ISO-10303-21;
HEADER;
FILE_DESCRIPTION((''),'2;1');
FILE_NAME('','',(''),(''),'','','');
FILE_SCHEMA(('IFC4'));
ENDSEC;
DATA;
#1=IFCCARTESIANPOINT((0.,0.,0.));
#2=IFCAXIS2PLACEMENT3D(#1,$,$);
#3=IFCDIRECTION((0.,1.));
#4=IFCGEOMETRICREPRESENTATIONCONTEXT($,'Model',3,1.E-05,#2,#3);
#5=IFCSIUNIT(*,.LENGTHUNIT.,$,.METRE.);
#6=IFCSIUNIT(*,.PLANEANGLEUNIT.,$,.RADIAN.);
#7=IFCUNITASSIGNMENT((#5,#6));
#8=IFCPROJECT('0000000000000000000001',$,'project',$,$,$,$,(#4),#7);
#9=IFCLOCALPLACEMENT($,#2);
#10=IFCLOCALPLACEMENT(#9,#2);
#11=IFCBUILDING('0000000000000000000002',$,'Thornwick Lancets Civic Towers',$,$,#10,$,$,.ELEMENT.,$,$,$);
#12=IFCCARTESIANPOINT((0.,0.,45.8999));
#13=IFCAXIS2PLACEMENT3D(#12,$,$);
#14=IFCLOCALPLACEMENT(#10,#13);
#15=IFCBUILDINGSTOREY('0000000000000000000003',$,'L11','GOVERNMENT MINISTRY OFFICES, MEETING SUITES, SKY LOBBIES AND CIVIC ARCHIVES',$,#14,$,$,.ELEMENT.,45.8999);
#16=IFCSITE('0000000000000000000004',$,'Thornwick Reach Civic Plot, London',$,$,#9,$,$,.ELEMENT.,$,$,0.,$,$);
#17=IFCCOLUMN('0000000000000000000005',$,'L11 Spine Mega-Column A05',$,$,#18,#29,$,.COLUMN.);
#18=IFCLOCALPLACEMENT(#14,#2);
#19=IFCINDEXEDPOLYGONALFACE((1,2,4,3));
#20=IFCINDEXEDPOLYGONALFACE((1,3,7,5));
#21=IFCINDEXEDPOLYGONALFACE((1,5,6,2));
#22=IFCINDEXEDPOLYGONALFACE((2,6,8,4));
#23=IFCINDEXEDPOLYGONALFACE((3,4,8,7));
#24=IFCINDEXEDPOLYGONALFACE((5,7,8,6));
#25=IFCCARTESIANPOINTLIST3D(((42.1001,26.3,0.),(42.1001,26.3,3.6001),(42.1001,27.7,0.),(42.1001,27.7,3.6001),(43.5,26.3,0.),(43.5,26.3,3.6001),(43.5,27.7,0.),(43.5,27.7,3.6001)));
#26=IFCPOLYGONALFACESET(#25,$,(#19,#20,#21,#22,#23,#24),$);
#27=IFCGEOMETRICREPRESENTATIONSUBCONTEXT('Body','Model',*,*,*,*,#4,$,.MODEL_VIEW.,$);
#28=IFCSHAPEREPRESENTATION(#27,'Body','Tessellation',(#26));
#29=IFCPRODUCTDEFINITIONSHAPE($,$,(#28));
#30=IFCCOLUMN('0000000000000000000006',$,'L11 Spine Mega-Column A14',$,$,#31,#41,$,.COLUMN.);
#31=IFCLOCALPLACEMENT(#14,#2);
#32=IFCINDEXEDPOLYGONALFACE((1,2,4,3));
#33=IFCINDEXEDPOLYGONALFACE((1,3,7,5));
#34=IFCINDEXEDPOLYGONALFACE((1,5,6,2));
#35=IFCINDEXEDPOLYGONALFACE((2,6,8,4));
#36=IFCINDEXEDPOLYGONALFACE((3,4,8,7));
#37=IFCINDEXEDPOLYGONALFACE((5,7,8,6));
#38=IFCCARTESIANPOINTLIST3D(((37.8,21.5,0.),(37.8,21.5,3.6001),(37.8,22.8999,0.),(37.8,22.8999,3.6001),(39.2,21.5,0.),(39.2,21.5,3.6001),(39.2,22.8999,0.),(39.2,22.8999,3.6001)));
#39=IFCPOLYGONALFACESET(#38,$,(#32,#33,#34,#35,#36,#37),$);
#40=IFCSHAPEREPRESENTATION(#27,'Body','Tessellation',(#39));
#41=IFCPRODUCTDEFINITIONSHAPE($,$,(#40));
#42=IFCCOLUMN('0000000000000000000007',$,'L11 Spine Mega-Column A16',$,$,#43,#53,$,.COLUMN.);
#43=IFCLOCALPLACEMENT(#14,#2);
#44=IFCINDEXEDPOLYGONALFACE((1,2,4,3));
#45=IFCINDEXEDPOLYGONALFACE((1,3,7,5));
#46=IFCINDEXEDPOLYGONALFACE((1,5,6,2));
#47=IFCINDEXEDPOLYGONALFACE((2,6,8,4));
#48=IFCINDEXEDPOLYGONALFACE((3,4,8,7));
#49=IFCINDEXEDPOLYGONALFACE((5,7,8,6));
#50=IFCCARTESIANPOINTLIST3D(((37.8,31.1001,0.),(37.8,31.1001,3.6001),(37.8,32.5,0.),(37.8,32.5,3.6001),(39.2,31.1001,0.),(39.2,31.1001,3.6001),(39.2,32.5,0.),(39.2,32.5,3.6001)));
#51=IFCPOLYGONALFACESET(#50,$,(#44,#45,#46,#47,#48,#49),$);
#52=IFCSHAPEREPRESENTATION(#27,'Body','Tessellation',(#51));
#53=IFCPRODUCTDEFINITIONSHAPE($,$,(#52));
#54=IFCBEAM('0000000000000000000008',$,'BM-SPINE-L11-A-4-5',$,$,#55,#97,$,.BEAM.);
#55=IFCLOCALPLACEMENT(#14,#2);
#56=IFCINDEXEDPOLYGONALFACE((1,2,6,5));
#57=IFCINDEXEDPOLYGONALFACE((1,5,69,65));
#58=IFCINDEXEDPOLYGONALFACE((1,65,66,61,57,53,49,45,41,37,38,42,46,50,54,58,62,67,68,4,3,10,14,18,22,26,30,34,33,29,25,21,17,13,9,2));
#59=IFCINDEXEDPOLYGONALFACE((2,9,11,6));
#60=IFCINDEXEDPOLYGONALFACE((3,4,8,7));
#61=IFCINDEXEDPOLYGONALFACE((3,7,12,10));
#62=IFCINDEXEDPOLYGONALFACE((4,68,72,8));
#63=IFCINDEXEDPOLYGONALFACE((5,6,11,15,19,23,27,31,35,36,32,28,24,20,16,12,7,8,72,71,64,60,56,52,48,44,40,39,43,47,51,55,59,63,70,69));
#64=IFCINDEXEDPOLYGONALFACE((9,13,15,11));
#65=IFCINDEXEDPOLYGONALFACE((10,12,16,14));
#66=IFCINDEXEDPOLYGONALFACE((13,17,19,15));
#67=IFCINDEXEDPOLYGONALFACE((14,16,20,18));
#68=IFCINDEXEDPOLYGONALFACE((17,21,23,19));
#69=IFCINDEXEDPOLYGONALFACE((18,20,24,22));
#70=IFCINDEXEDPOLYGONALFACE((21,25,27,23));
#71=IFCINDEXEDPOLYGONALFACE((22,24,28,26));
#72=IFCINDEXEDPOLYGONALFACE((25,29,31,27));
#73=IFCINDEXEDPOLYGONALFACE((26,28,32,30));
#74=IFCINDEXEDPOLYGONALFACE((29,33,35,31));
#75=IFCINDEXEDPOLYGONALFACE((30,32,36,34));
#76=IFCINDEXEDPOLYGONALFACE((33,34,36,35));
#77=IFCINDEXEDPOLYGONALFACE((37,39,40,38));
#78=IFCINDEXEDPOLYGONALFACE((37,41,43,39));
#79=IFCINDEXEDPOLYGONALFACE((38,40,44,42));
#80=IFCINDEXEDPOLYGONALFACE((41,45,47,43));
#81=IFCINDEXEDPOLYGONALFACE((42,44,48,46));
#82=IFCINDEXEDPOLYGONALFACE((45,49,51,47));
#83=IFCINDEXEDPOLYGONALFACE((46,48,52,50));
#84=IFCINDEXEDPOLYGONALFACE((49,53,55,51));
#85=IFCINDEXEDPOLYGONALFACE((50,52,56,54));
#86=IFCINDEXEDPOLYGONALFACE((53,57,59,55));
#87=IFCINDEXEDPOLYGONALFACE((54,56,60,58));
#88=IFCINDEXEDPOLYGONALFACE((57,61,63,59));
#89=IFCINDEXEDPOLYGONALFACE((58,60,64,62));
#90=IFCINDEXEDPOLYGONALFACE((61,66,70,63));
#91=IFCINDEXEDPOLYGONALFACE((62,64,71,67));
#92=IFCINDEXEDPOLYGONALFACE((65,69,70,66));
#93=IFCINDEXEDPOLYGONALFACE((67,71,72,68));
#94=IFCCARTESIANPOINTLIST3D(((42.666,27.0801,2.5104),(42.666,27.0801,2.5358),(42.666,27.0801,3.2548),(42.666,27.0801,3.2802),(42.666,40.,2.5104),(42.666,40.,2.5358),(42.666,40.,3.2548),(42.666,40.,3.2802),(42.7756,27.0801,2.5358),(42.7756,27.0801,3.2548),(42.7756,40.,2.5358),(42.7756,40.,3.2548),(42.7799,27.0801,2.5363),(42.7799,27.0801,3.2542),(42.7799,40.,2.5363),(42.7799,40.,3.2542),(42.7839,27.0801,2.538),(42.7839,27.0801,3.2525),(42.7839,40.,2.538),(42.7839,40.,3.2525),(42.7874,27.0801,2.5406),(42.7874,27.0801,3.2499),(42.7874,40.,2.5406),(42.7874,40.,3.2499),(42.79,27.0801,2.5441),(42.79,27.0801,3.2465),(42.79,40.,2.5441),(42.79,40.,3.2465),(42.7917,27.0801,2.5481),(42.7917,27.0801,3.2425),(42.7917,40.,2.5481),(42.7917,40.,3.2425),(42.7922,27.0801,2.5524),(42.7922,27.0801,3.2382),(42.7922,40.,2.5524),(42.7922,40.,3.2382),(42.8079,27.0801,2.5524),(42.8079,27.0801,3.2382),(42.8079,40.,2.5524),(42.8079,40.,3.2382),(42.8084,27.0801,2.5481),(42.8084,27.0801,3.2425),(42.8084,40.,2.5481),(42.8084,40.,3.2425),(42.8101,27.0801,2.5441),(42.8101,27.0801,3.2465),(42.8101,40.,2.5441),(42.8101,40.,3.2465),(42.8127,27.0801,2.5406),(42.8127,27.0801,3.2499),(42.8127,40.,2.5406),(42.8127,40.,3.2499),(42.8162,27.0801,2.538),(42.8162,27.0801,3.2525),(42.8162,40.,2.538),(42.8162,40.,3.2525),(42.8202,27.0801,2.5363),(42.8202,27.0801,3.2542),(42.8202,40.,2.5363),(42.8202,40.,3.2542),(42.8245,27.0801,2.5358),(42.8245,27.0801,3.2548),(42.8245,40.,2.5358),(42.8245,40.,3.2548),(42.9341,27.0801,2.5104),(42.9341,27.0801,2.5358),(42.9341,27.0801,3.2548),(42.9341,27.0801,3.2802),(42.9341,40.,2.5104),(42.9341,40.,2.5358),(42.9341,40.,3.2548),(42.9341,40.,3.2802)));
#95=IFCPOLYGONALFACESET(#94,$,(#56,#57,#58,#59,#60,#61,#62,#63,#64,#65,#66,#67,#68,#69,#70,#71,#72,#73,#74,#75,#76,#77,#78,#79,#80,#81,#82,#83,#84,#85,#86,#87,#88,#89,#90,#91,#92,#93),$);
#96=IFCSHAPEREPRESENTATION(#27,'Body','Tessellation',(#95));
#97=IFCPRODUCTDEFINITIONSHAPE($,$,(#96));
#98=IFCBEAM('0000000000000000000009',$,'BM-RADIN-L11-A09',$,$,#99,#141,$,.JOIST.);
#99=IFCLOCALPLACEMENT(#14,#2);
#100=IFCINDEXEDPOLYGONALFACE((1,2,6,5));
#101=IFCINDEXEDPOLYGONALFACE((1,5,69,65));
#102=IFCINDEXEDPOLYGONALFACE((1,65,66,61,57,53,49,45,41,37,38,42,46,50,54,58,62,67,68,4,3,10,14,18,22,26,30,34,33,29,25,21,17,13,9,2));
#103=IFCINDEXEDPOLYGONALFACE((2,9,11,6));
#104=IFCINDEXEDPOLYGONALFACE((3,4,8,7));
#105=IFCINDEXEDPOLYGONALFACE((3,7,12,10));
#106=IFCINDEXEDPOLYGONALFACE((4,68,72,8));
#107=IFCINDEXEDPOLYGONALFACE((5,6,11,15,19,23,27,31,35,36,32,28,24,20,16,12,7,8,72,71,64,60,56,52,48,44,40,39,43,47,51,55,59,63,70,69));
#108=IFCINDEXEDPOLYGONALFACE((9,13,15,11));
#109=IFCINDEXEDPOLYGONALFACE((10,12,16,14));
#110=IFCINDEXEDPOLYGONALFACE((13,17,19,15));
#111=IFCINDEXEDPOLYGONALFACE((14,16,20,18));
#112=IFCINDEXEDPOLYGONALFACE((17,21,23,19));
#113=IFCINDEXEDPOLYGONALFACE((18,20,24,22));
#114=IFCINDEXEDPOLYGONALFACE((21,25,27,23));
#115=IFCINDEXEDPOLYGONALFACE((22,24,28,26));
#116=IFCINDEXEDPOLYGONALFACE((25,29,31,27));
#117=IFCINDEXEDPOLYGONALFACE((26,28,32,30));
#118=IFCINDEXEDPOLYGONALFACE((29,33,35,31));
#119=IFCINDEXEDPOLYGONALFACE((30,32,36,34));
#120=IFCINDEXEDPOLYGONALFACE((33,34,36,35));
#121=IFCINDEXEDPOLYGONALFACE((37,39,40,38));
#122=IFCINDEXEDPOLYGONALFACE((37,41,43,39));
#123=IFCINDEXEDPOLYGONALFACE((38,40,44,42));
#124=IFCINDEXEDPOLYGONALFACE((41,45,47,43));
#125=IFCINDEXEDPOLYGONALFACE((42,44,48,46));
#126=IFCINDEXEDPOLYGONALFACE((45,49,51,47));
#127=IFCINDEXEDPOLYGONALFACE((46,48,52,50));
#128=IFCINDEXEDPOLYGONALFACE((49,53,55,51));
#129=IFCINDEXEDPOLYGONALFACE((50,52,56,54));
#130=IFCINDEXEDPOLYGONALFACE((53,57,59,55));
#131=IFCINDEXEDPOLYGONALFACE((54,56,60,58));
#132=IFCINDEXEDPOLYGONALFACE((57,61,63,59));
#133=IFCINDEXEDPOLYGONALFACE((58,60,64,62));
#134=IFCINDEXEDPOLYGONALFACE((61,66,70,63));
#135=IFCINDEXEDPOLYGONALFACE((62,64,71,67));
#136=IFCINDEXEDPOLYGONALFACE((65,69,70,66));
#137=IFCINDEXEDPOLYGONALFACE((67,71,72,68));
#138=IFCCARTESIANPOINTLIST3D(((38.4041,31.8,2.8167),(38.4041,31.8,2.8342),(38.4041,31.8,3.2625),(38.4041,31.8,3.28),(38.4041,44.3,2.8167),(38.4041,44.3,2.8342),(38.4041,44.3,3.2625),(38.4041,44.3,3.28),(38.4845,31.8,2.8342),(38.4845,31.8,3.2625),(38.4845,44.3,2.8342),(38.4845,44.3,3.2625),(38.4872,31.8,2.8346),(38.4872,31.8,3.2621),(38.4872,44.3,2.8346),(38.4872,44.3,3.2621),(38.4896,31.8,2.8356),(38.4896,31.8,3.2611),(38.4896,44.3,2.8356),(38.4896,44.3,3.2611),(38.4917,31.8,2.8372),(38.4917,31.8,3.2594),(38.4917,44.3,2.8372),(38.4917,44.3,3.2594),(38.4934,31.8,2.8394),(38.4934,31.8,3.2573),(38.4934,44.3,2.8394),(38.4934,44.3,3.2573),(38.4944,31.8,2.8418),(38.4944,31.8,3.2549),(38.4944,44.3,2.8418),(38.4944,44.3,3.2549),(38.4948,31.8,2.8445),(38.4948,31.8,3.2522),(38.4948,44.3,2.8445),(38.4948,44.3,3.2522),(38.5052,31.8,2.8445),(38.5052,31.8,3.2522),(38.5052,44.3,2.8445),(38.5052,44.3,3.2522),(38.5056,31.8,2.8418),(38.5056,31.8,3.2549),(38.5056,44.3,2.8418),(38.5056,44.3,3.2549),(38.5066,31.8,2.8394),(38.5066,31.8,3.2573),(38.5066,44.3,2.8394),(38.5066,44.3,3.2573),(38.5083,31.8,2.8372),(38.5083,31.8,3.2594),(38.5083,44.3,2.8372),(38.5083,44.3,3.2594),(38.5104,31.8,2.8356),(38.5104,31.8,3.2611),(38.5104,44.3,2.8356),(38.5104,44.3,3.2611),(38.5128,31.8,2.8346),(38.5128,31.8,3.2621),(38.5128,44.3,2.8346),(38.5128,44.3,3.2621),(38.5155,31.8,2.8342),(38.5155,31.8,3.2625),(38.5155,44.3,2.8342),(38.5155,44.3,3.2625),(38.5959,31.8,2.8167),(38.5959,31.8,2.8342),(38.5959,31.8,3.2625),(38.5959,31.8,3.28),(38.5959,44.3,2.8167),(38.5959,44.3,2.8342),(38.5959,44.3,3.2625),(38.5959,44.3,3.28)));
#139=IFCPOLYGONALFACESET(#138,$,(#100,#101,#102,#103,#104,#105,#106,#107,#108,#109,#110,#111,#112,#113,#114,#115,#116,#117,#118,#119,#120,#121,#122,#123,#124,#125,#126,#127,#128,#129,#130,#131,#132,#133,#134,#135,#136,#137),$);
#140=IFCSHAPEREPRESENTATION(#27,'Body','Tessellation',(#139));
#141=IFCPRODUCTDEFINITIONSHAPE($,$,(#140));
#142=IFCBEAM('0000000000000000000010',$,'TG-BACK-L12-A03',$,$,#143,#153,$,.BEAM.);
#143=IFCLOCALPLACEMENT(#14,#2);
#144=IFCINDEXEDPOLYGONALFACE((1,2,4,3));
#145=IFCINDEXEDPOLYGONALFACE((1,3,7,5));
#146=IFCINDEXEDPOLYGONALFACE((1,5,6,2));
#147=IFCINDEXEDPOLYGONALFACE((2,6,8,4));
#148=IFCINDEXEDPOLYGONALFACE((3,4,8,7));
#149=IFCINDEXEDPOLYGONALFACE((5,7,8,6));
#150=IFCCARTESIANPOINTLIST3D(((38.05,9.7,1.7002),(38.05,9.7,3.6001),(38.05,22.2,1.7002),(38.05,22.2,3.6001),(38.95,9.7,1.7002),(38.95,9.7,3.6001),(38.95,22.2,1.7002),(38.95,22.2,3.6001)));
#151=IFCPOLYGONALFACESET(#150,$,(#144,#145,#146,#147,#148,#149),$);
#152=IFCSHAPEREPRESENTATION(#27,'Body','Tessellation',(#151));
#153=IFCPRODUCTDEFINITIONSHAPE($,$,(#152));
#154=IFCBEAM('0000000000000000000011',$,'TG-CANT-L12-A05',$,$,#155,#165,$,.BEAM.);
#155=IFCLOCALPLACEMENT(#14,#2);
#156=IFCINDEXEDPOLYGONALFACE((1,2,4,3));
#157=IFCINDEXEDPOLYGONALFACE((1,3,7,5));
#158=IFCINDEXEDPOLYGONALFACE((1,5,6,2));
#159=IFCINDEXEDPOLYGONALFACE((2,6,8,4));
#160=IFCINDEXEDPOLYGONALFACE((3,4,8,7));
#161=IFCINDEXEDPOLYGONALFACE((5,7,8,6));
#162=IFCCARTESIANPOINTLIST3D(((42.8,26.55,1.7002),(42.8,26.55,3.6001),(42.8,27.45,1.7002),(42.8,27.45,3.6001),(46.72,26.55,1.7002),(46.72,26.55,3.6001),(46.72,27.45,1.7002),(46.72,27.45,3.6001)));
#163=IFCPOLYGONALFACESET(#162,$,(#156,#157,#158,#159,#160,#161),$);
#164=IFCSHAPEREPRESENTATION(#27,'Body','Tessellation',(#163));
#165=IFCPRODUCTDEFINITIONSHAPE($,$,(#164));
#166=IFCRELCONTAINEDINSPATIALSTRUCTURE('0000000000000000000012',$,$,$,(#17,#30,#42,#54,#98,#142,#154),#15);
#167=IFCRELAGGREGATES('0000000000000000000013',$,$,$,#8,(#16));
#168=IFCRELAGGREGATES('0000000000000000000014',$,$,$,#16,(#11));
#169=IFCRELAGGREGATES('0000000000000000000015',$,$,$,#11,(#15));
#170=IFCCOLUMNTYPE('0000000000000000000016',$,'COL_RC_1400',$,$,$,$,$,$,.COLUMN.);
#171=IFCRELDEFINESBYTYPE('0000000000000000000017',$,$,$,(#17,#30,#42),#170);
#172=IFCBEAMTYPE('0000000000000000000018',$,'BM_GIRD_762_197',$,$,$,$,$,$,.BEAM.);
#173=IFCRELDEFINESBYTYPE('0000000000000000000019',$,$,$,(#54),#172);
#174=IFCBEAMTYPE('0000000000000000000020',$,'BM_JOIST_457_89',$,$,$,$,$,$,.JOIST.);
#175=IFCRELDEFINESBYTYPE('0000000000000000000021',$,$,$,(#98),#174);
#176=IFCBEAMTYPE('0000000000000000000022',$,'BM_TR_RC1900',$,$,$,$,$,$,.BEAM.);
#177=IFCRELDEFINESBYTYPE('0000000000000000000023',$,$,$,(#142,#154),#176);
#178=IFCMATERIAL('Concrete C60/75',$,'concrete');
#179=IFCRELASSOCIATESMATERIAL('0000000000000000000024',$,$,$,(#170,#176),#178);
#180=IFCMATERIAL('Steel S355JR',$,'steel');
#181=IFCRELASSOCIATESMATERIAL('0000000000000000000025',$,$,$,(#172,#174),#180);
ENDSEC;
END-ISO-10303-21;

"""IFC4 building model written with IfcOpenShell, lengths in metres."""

from ifc_helpers import new_model, si_unit, direction, frame, origin, origin_2d, place, context, subcontext, project, spatial, rectangle, i_section, extrude, material, material_profile, profile_set, type_object, element, save


model = new_model("IFC4")

# Units and contexts
model_context = context("Model", 3, precision=1e-05, world=origin(), true_north=direction((0.0, 1.0)))
body_context = subcontext(model_context, "Body", "Model", "MODEL_VIEW")
ifc_project = project(units=[si_unit("LENGTHUNIT", "METRE"), si_unit("PLANEANGLEUNIT", "RADIAN")], contexts=[model_context])

# Site, building, storey
site_placement = place(None, origin())
site = spatial("IfcSite", under=ifc_project, at=site_placement, Name="Thornwick Reach Civic Plot, London", CompositionType="ELEMENT", RefElevation=0.0)
building_placement = place(site_placement, origin())
building = spatial("IfcBuilding", under=site, at=building_placement, Name="Thornwick Lancets Civic Towers", CompositionType="ELEMENT")
storey_placement = place(building_placement, frame((0.0, 0.0, 45.8999)))
storey = spatial("IfcBuildingStorey", under=building, at=storey_placement, Name="L11", Description="GOVERNMENT MINISTRY OFFICES, MEETING SUITES, SKY LOBBIES AND CIVIC ARCHIVES", CompositionType="ELEMENT", Elevation=45.8999)

# Columns
ifc_material_1 = material(Name="Concrete C60/75", Category="concrete")
ifc_material_profile_1 = material_profile(ifc_material_1, rectangle(XDim=1.3999, YDim=1.3999, at=origin_2d()), Name="RC 1400x1400")
ifc_profile_set_1 = profile_set([ifc_material_profile_1], Name="Concrete C60/75")
column_type = type_object("IfcColumnType", Name="COL_RC_1400", PredefinedType="COLUMN", material=ifc_profile_set_1)
for number, where, z_axis, x_axis, name in (
    (1, (42.8, 27.0, 0.0), (0.0, 0.0, 1.0), (1.0, 0.0, 0.0), "L11 Spine Mega-Column A05"),
    (2, (38.5, 22.2, 0.0), (0.0, 0.0, 1.0), (1.0, 0.0, 0.0), "L11 Spine Mega-Column A14"),
    (3, (38.5, 31.8, 0.0), (0.0, 0.0, 1.0), (1.0, 0.0, 0.0), "L11 Spine Mega-Column A16"),
):
    element("IfcColumn", number, at=place(storey_placement, frame(where, z_axis=z_axis, x_axis=x_axis)), inside=storey, type_object=column_type, Name=name, PredefinedType="COLUMN", context=body_context, shape_type="SweptSolid", body=[
        extrude(rectangle(XDim=1.3999, YDim=1.3999, at=origin_2d()), origin(), (0.0, 0.0, 1.0), 3.6001),
    ])

# Beams
ifc_material_2 = material(Name="Steel S355JR", Category="steel")
ifc_material_profile_2 = material_profile(ifc_material_2, i_section(OverallWidth=0.2681, OverallDepth=0.7698, WebThickness=0.0156, FlangeThickness=0.0254, FilletRadius=0.0166, at=origin_2d()), Name="UKB 762x267x197")
ifc_profile_set_2 = profile_set([ifc_material_profile_2], Name="Steel S355JR")
beam_type_1 = type_object("IfcBeamType", Name="BM_GIRD_762_197", PredefinedType="BEAM", material=ifc_profile_set_2)
beam_1_placement = place(storey_placement, frame((42.8, 27.0801, 2.8953), z_axis=(0.0, 1.0, 0.0), x_axis=(-1.0, 0.0, 0.0)))
element("IfcBeam", 4, at=beam_1_placement, inside=storey, type_object=beam_type_1, Name="BM-SPINE-L11-A-4-5", PredefinedType="BEAM", context=body_context, shape_type="SweptSolid", body=[
    extrude(i_section(OverallWidth=0.2681, OverallDepth=0.7698, WebThickness=0.0156, FlangeThickness=0.0254, FilletRadius=0.0166, at=origin_2d()), origin(), (0.0, 0.0, 1.0), 12.9199),
])
ifc_material_profile_3 = material_profile(ifc_material_2, i_section(OverallWidth=0.1919, OverallDepth=0.4634, WebThickness=0.0105, FlangeThickness=0.0176, FilletRadius=0.0103, at=origin_2d()), Name="UKB 457x191x89")
ifc_profile_set_3 = profile_set([ifc_material_profile_3], Name="Steel S355JR")
beam_type_2 = type_object("IfcBeamType", Name="BM_JOIST_457_89", PredefinedType="JOIST", material=ifc_profile_set_3)
beam_2_placement = place(storey_placement, frame((38.5, 31.8, 3.0483), z_axis=(0.0, 1.0, 0.0), x_axis=(-1.0, 0.0, 0.0)))
element("IfcBeam", 5, at=beam_2_placement, inside=storey, type_object=beam_type_2, Name="BM-RADIN-L11-A09", PredefinedType="JOIST", context=body_context, shape_type="SweptSolid", body=[
    extrude(i_section(OverallWidth=0.1919, OverallDepth=0.4634, WebThickness=0.0105, FlangeThickness=0.0176, FilletRadius=0.0103, at=origin_2d()), origin(), (0.0, 0.0, 1.0), 12.5),
])
ifc_material_profile_4 = material_profile(ifc_material_1, rectangle(XDim=0.8999, YDim=1.8999, at=origin_2d()), Name="RC 900x1900")
ifc_profile_set_4 = profile_set([ifc_material_profile_4], Name="Concrete C60/75")
beam_type_3 = type_object("IfcBeamType", Name="BM_TR_RC1900", PredefinedType="BEAM", material=ifc_profile_set_4)
beam_3_placement = place(storey_placement, frame((38.5, 22.2, 2.6501), z_axis=(0.0, -1.0, 0.0), x_axis=(1.0, 0.0, 0.0)))
element("IfcBeam", 6, at=beam_3_placement, inside=storey, type_object=beam_type_3, Name="TG-BACK-L12-A03", PredefinedType="BEAM", context=body_context, shape_type="SweptSolid", body=[
    extrude(rectangle(XDim=0.8999, YDim=1.8999, at=origin_2d()), origin(), (0.0, 0.0, 1.0), 12.5),
])
beam_4_placement = place(storey_placement, frame((42.8, 27.0, 2.6501), z_axis=(1.0, 0.0, 0.0), x_axis=(0.0, 1.0, 0.0)))
element("IfcBeam", 7, at=beam_4_placement, inside=storey, type_object=beam_type_3, Name="TG-CANT-L12-A05", PredefinedType="BEAM", context=body_context, shape_type="SweptSolid", body=[
    extrude(rectangle(XDim=0.8999, YDim=1.8999, at=origin_2d()), origin(), (0.0, 0.0, 1.0), 3.9199),
])

save(model, "model.ifc")
